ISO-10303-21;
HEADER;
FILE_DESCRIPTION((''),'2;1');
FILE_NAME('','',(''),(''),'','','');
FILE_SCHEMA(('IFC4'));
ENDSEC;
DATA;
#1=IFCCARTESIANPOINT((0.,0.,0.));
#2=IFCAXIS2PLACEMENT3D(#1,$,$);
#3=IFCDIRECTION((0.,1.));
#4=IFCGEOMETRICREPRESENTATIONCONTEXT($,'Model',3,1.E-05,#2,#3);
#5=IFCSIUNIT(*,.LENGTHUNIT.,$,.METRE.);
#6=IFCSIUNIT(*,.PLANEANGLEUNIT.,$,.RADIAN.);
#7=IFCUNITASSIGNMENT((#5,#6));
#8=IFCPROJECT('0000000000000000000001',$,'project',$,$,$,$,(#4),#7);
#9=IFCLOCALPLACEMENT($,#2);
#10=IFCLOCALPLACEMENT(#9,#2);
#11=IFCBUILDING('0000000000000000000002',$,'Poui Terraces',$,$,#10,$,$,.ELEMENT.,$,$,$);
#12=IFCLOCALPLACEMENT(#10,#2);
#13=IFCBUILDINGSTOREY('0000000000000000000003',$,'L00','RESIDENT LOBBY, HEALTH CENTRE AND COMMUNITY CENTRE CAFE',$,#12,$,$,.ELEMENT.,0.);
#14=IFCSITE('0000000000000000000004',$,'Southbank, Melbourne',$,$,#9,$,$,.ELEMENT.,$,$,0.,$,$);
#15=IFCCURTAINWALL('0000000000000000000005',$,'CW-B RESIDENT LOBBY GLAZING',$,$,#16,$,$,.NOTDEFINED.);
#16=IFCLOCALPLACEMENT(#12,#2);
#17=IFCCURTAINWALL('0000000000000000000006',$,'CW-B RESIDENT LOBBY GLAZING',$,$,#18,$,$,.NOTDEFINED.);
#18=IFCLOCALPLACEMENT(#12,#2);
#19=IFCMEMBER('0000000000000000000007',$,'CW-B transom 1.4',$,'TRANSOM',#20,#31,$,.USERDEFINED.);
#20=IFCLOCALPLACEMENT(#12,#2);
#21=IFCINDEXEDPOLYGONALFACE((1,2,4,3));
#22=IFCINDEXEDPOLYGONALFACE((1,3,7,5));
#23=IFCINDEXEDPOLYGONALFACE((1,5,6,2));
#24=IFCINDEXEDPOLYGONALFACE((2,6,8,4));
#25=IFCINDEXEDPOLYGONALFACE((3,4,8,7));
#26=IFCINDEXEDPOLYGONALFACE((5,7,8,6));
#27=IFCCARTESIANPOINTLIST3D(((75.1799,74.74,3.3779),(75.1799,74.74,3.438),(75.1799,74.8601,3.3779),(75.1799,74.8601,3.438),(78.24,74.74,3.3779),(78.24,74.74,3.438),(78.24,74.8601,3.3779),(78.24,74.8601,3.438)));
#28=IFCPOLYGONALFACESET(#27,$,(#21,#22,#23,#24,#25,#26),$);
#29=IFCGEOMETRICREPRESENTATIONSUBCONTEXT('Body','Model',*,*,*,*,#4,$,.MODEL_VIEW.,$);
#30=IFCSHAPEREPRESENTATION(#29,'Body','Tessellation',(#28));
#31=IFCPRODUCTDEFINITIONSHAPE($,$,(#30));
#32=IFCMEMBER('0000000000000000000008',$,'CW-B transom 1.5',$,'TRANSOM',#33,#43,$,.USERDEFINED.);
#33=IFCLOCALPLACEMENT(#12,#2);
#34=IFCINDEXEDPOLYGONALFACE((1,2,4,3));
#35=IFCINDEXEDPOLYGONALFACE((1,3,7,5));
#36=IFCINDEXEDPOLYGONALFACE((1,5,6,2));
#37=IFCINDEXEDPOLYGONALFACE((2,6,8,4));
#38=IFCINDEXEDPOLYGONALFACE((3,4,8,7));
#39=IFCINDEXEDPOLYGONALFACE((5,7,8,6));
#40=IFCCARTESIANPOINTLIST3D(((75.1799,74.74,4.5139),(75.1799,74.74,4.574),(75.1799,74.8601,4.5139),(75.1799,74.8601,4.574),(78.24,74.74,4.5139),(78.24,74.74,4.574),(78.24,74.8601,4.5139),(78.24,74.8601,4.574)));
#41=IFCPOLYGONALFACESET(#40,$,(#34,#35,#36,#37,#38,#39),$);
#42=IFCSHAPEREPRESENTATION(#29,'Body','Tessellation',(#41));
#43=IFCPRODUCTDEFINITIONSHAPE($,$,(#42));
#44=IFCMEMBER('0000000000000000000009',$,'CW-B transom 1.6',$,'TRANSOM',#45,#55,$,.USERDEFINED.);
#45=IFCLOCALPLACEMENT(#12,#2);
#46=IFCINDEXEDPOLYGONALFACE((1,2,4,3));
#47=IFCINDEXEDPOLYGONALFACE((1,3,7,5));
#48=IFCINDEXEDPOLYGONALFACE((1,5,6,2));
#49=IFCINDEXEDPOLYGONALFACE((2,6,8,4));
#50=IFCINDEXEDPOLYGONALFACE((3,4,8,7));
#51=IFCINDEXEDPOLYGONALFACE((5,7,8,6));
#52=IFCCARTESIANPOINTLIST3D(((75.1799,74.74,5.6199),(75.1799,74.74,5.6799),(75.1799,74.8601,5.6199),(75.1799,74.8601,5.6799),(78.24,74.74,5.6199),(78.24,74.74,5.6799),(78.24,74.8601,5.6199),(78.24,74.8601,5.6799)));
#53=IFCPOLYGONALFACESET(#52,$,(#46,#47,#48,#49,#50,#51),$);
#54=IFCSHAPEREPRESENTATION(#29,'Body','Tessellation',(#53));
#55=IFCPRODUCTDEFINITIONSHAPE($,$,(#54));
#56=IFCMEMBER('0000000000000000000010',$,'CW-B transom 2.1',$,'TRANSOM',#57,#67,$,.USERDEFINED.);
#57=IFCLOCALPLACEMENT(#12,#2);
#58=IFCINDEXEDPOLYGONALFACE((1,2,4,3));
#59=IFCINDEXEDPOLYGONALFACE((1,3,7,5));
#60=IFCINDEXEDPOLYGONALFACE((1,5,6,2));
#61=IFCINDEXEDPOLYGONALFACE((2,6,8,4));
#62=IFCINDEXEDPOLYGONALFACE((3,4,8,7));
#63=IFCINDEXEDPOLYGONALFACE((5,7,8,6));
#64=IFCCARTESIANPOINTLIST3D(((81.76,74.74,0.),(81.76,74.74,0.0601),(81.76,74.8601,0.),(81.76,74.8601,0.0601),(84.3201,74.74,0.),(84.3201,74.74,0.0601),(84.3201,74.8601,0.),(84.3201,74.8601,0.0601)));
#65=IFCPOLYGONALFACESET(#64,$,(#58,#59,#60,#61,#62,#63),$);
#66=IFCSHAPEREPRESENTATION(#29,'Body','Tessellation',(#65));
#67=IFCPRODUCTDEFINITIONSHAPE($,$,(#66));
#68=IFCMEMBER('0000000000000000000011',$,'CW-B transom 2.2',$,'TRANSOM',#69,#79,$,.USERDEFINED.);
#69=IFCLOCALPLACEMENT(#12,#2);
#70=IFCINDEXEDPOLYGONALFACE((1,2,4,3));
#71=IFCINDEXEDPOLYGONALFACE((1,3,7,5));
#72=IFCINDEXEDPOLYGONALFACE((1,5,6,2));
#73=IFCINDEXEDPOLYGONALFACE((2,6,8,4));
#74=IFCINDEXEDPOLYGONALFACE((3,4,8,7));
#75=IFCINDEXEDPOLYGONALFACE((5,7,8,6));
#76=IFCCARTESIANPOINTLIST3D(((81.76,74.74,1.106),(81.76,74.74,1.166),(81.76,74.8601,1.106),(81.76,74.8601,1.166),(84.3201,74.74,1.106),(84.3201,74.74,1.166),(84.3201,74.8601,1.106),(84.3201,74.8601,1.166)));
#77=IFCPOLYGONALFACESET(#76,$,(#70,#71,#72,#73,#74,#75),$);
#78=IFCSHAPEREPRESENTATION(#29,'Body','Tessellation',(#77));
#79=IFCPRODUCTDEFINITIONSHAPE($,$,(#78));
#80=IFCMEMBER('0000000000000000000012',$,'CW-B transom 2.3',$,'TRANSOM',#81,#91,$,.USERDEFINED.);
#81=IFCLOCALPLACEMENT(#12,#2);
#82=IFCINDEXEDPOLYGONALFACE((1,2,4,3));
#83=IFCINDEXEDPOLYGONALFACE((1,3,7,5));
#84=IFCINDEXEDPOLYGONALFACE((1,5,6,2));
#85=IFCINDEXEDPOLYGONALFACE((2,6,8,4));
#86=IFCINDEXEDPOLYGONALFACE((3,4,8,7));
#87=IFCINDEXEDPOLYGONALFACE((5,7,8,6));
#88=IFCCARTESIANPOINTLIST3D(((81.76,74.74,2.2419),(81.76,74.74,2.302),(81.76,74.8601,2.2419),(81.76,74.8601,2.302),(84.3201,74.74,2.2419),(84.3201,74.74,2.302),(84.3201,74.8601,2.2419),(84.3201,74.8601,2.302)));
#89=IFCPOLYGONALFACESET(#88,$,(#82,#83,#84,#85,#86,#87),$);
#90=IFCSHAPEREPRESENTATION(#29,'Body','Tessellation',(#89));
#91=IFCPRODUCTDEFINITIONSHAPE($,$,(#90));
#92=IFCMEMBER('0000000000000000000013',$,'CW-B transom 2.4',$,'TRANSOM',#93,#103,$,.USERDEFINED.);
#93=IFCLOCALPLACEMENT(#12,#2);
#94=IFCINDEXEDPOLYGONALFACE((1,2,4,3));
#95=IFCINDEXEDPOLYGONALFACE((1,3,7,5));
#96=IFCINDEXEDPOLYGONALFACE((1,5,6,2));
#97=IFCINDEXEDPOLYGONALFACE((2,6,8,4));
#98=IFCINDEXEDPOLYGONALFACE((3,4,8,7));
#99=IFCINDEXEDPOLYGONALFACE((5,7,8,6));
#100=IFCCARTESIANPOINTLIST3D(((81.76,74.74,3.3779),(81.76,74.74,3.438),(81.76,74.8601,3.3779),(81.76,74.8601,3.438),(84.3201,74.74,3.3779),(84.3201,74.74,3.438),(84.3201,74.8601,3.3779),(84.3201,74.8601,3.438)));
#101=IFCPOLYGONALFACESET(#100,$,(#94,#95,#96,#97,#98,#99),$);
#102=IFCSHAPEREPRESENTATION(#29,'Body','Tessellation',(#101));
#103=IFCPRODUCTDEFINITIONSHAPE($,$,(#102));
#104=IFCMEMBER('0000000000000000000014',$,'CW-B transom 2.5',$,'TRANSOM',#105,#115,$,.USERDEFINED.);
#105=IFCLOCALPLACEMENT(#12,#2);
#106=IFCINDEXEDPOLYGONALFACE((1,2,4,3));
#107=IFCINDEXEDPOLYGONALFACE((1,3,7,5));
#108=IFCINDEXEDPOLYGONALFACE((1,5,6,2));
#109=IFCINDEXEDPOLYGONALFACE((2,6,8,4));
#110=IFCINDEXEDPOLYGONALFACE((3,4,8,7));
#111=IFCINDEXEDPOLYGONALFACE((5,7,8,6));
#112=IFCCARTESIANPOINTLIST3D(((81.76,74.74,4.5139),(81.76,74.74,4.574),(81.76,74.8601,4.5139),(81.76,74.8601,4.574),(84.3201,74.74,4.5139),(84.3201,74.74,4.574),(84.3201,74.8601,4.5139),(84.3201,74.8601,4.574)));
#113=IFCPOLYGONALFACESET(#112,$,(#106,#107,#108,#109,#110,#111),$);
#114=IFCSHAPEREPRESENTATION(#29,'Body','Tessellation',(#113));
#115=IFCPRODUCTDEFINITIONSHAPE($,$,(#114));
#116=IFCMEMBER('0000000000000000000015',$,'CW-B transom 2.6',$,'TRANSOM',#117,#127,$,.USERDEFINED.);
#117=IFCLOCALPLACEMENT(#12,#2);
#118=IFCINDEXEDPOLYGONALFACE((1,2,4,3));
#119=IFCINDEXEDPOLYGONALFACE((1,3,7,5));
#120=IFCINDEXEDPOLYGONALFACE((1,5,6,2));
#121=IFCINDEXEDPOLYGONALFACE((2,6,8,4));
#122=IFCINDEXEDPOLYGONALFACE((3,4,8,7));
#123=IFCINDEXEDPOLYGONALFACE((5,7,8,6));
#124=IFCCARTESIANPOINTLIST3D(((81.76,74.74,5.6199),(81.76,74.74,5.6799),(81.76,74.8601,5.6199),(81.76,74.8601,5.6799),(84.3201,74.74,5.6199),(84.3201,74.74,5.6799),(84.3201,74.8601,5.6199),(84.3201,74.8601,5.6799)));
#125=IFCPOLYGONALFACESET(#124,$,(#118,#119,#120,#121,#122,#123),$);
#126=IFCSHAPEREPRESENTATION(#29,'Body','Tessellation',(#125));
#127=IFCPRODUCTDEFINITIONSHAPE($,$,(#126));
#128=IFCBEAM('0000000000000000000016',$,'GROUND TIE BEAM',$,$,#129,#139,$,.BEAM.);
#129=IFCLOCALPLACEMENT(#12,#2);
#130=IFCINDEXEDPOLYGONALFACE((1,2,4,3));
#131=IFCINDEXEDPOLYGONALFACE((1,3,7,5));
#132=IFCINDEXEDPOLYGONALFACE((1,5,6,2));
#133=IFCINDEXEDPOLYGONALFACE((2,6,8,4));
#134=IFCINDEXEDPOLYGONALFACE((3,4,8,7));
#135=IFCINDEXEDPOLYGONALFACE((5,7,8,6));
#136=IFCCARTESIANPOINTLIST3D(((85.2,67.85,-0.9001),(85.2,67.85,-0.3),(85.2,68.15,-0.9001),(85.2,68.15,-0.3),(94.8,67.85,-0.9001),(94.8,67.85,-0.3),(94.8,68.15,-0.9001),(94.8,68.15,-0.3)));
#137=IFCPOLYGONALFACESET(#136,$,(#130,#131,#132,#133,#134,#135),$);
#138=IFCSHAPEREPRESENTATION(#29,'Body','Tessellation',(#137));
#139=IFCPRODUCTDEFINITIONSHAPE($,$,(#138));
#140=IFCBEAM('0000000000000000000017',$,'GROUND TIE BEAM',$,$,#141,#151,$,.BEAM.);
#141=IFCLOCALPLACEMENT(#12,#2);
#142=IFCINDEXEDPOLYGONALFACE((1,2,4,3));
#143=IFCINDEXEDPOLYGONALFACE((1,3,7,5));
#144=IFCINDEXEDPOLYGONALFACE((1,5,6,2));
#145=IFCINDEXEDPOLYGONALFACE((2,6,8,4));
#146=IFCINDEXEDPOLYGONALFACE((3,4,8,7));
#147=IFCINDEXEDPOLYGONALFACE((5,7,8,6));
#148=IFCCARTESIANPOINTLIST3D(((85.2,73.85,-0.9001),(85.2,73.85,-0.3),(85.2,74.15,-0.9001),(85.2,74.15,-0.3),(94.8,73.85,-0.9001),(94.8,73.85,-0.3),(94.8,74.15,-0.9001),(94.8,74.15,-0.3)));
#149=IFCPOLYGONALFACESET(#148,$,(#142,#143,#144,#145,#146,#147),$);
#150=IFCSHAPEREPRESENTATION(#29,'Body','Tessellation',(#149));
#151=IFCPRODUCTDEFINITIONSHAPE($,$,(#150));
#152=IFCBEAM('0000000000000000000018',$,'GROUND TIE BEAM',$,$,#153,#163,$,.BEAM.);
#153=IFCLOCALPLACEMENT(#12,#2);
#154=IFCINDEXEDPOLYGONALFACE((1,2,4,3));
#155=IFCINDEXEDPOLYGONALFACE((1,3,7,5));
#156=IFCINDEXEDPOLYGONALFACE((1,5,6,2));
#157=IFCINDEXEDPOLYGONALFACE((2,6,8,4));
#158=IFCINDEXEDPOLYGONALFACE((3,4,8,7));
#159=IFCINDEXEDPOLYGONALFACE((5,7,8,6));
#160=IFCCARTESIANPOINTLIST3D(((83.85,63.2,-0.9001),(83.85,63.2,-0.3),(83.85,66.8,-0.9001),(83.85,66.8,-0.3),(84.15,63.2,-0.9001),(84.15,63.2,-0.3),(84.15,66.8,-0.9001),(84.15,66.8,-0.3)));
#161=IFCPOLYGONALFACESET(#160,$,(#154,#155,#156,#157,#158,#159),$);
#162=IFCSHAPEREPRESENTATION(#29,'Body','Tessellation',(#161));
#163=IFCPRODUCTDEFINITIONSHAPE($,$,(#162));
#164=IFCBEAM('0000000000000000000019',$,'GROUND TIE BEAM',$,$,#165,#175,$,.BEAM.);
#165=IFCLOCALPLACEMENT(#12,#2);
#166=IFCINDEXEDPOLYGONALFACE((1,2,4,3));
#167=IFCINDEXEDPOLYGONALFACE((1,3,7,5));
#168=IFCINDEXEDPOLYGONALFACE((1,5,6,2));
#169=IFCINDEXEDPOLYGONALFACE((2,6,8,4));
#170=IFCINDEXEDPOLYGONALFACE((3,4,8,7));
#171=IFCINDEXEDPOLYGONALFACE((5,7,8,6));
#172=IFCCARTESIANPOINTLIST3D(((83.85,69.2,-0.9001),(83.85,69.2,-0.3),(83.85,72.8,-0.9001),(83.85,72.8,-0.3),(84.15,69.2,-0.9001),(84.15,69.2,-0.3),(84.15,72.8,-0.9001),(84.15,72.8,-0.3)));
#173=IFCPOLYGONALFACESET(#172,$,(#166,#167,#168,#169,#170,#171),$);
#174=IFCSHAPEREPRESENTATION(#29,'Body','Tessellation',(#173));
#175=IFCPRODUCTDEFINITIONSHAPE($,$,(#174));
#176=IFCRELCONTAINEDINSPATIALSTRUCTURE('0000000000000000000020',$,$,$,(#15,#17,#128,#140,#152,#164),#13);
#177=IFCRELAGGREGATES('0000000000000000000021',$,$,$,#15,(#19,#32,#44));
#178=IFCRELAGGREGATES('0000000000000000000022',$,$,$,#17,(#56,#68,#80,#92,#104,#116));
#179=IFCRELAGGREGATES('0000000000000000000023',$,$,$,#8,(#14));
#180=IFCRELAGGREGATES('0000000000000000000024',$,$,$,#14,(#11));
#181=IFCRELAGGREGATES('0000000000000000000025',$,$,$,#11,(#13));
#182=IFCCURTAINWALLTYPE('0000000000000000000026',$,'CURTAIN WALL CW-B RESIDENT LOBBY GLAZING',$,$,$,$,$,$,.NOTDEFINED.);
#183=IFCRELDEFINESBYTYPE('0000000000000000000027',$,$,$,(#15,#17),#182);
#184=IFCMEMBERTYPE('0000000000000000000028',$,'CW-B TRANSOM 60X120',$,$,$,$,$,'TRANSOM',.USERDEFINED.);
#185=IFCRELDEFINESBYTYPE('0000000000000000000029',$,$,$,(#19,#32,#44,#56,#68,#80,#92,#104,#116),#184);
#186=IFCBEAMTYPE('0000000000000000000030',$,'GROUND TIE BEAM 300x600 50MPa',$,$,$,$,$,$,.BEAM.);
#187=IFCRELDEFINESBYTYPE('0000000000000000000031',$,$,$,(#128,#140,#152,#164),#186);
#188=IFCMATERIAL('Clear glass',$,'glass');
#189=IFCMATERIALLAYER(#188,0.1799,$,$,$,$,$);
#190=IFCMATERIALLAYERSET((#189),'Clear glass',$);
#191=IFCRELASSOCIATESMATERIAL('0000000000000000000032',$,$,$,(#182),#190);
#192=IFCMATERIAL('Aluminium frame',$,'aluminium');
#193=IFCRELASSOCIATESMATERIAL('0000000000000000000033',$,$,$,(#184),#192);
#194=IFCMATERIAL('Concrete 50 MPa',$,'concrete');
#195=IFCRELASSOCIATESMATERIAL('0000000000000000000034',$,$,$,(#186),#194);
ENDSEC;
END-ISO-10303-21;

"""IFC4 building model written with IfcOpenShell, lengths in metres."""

from ifc_helpers import new_model, si_unit, direction, frame, origin, origin_2d, place, context, subcontext, project, spatial, rectangle, extrude, source, transform, mapped, material, layer, layer_set, material_profile, profile_set, type_object, element, aggregate, save


model = new_model("IFC4")

# Units and contexts
model_context = context("Model", 3, precision=1e-05, world=origin(), true_north=direction((0.0, 1.0)))
body_context = subcontext(model_context, "Body", "Model", "MODEL_VIEW")
ifc_project = project(units=[si_unit("LENGTHUNIT", "METRE"), si_unit("PLANEANGLEUNIT", "RADIAN")], contexts=[model_context])

# Site, building, storey
site_placement = place(None, origin())
site = spatial("IfcSite", under=ifc_project, at=site_placement, Name="Southbank, Melbourne", CompositionType="ELEMENT", RefElevation=0.0)
building_placement = place(site_placement, origin())
building = spatial("IfcBuilding", under=site, at=building_placement, Name="Poui Terraces", CompositionType="ELEMENT")
storey_placement = place(building_placement, origin())
storey = spatial("IfcBuildingStorey", under=building, at=storey_placement, Name="L00", Description="RESIDENT LOBBY, HEALTH CENTRE AND COMMUNITY CENTRE CAFE", CompositionType="ELEMENT", Elevation=0.0)

# Shared definitions
ifc_material_1 = material(Name="Concrete 50 MPa", Category="concrete")

# Curtain wall
ifc_material_2 = material(Name="Clear glass", Category="glass")
ifc_layer_1 = layer(ifc_material_2, 0.1799)
ifc_layer_set_1 = layer_set([ifc_layer_1], Name="Clear glass")
curtain_wall_type = type_object("IfcCurtainWallType", Name="CURTAIN WALL CW-B RESIDENT LOBBY GLAZING", PredefinedType="NOTDEFINED", material=ifc_layer_set_1)
curtain_wall_1_placement = place(storey_placement, origin())
curtain_wall_1 = element("IfcCurtainWall", 1, at=curtain_wall_1_placement, inside=storey, type_object=curtain_wall_type, Name="CW-B RESIDENT LOBBY GLAZING", PredefinedType="NOTDEFINED")
ifc_material_3 = material(Name="Aluminium frame", Category="aluminium")

# Curtain wall
curtain_wall_2_placement = place(storey_placement, origin())
curtain_wall_2 = element("IfcCurtainWall", 2, at=curtain_wall_2_placement, inside=storey, type_object=curtain_wall_type, Name="CW-B RESIDENT LOBBY GLAZING", PredefinedType="NOTDEFINED")

# Members
ifc_material_profile_1 = material_profile(ifc_material_3, rectangle(XDim=0.1201, YDim=0.0601, at=origin_2d()), Name="CW-B TRANSOM 60X120")
ifc_profile_set_1 = profile_set([ifc_material_profile_1], Name="Aluminium frame")
member_type_1 = type_object("IfcMemberType", Name="CW-B TRANSOM 60X120", ElementType="TRANSOM", PredefinedType="USERDEFINED", material=ifc_profile_set_1)
member_1_placement = place(storey_placement, frame((78.24, 74.8, 3.408), z_axis=(-1.0, 0.0, 0.0), x_axis=(0.0, -1.0, 0.0)))
member_1 = element("IfcMember", 3, at=member_1_placement, type_object=member_type_1, Name="CW-B transom 1.4", ObjectType="TRANSOM", PredefinedType="USERDEFINED", context=body_context, shape_type="SweptSolid", body=[
    extrude(rectangle(XDim=0.1201, YDim=0.0601, at=origin_2d()), origin(), (0.0, 0.0, 1.0), 3.0601),
])
member_2_placement = place(storey_placement, frame((78.24, 74.8, 4.5439), z_axis=(-1.0, 0.0, 0.0), x_axis=(0.0, -1.0, 0.0)))
member_2 = element("IfcMember", 4, at=member_2_placement, type_object=member_type_1, Name="CW-B transom 1.5", ObjectType="TRANSOM", PredefinedType="USERDEFINED", context=body_context, shape_type="SweptSolid", body=[
    extrude(rectangle(XDim=0.1201, YDim=0.0601, at=origin_2d()), origin(), (0.0, 0.0, 1.0), 3.0601),
])
member_3_placement = place(storey_placement, frame((78.24, 74.8, 5.6499), z_axis=(-1.0, 0.0, 0.0), x_axis=(0.0, -1.0, 0.0)))
member_3 = element("IfcMember", 5, at=member_3_placement, type_object=member_type_1, Name="CW-B transom 1.6", ObjectType="TRANSOM", PredefinedType="USERDEFINED", context=body_context, shape_type="SweptSolid", body=[
    extrude(rectangle(XDim=0.1201, YDim=0.0601, at=origin_2d()), origin(), (0.0, 0.0, 1.0), 3.0601),
])
aggregate(curtain_wall_1, [member_1, member_2, member_3])
member_4_placement = place(storey_placement, frame((84.3201, 74.8, 0.03), z_axis=(-1.0, 0.0, 0.0), x_axis=(0.0, -1.0, 0.0)))
member_4 = element("IfcMember", 6, at=member_4_placement, type_object=member_type_1, Name="CW-B transom 2.1", ObjectType="TRANSOM", PredefinedType="USERDEFINED", context=body_context, shape_type="SweptSolid", body=[
    extrude(rectangle(XDim=0.1201, YDim=0.0601, at=origin_2d()), origin(), (0.0, 0.0, 1.0), 2.5601),
])
member_5_placement = place(storey_placement, frame((84.3201, 74.8, 1.136), z_axis=(-1.0, 0.0, 0.0), x_axis=(0.0, -1.0, 0.0)))
member_5 = element("IfcMember", 7, at=member_5_placement, type_object=member_type_1, Name="CW-B transom 2.2", ObjectType="TRANSOM", PredefinedType="USERDEFINED", context=body_context, shape_type="SweptSolid", body=[
    extrude(rectangle(XDim=0.1201, YDim=0.0601, at=origin_2d()), origin(), (0.0, 0.0, 1.0), 2.5601),
])
member_6_placement = place(storey_placement, frame((84.3201, 74.8, 2.272), z_axis=(-1.0, 0.0, 0.0), x_axis=(0.0, -1.0, 0.0)))
member_6 = element("IfcMember", 8, at=member_6_placement, type_object=member_type_1, Name="CW-B transom 2.3", ObjectType="TRANSOM", PredefinedType="USERDEFINED", context=body_context, shape_type="SweptSolid", body=[
    extrude(rectangle(XDim=0.1201, YDim=0.0601, at=origin_2d()), origin(), (0.0, 0.0, 1.0), 2.5601),
])
member_7_placement = place(storey_placement, frame((84.3201, 74.8, 3.408), z_axis=(-1.0, 0.0, 0.0), x_axis=(0.0, -1.0, 0.0)))
member_7 = element("IfcMember", 9, at=member_7_placement, type_object=member_type_1, Name="CW-B transom 2.4", ObjectType="TRANSOM", PredefinedType="USERDEFINED", context=body_context, shape_type="SweptSolid", body=[
    extrude(rectangle(XDim=0.1201, YDim=0.0601, at=origin_2d()), origin(), (0.0, 0.0, 1.0), 2.5601),
])
member_8_placement = place(storey_placement, frame((84.3201, 74.8, 4.5439), z_axis=(-1.0, 0.0, 0.0), x_axis=(0.0, -1.0, 0.0)))
member_8 = element("IfcMember", 10, at=member_8_placement, type_object=member_type_1, Name="CW-B transom 2.5", ObjectType="TRANSOM", PredefinedType="USERDEFINED", context=body_context, shape_type="SweptSolid", body=[
    extrude(rectangle(XDim=0.1201, YDim=0.0601, at=origin_2d()), origin(), (0.0, 0.0, 1.0), 2.5601),
])
member_9_placement = place(storey_placement, frame((84.3201, 74.8, 5.6499), z_axis=(-1.0, 0.0, 0.0), x_axis=(0.0, -1.0, 0.0)))
member_9 = element("IfcMember", 11, at=member_9_placement, type_object=member_type_1, Name="CW-B transom 2.6", ObjectType="TRANSOM", PredefinedType="USERDEFINED", context=body_context, shape_type="SweptSolid", body=[
    extrude(rectangle(XDim=0.1201, YDim=0.0601, at=origin_2d()), origin(), (0.0, 0.0, 1.0), 2.5601),
])

# Beams
ifc_material_profile_2 = material_profile(ifc_material_1, rectangle(XDim=0.3, YDim=0.6001, at=origin_2d()), Name="RC 300x600")
ifc_profile_set_2 = profile_set([ifc_material_profile_2], Name="Concrete 50 MPa")
beam_type_1 = type_object("IfcBeamType", Name="GROUND TIE BEAM 300x600 50MPa", PredefinedType="BEAM", material=ifc_profile_set_2)
shared_shape_1 = source(origin(), body_context, "Body", "SweptSolid", [
    extrude(rectangle(XDim=0.3, YDim=0.6001, at=origin_2d()), origin(), (0.0, 0.0, 1.0), 9.6001),
])
for number, where, z_axis, x_axis, name in (
    (12, (85.2, 68.0, -0.6001), (1.0, 0.0, 0.0), (0.0, 1.0, 0.0), "GROUND TIE BEAM"),
    (13, (85.2, 74.0, -0.6001), (1.0, 0.0, 0.0), (0.0, 1.0, 0.0), "GROUND TIE BEAM"),
):
    element("IfcBeam", number, at=place(storey_placement, frame(where, z_axis=z_axis, x_axis=x_axis)), inside=storey, type_object=beam_type_1, Name=name, PredefinedType="BEAM", context=body_context, shape_type="MappedRepresentation", body=[
        mapped(shared_shape_1, transform((0.0, 0.0, 0.0))),
    ])
shared_shape_2 = source(origin(), body_context, "Body", "SweptSolid", [
    extrude(rectangle(XDim=0.3, YDim=0.6001, at=origin_2d()), origin(), (0.0, 0.0, 1.0), 3.6001),
])
for number, where, z_axis, x_axis, name in (
    (14, (84.0, 63.2, -0.6001), (0.0, 1.0, 0.0), (-1.0, 0.0, 0.0), "GROUND TIE BEAM"),
    (15, (84.0, 69.2, -0.6001), (0.0, 1.0, 0.0), (-1.0, 0.0, 0.0), "GROUND TIE BEAM"),
):
    element("IfcBeam", number, at=place(storey_placement, frame(where, z_axis=z_axis, x_axis=x_axis)), inside=storey, type_object=beam_type_1, Name=name, PredefinedType="BEAM", context=body_context, shape_type="MappedRepresentation", body=[
        mapped(shared_shape_2, transform((0.0, 0.0, 0.0))),
    ])

aggregate(curtain_wall_2, [member_4, member_5, member_6, member_7, member_8, member_9])

save(model, "model.ifc")
